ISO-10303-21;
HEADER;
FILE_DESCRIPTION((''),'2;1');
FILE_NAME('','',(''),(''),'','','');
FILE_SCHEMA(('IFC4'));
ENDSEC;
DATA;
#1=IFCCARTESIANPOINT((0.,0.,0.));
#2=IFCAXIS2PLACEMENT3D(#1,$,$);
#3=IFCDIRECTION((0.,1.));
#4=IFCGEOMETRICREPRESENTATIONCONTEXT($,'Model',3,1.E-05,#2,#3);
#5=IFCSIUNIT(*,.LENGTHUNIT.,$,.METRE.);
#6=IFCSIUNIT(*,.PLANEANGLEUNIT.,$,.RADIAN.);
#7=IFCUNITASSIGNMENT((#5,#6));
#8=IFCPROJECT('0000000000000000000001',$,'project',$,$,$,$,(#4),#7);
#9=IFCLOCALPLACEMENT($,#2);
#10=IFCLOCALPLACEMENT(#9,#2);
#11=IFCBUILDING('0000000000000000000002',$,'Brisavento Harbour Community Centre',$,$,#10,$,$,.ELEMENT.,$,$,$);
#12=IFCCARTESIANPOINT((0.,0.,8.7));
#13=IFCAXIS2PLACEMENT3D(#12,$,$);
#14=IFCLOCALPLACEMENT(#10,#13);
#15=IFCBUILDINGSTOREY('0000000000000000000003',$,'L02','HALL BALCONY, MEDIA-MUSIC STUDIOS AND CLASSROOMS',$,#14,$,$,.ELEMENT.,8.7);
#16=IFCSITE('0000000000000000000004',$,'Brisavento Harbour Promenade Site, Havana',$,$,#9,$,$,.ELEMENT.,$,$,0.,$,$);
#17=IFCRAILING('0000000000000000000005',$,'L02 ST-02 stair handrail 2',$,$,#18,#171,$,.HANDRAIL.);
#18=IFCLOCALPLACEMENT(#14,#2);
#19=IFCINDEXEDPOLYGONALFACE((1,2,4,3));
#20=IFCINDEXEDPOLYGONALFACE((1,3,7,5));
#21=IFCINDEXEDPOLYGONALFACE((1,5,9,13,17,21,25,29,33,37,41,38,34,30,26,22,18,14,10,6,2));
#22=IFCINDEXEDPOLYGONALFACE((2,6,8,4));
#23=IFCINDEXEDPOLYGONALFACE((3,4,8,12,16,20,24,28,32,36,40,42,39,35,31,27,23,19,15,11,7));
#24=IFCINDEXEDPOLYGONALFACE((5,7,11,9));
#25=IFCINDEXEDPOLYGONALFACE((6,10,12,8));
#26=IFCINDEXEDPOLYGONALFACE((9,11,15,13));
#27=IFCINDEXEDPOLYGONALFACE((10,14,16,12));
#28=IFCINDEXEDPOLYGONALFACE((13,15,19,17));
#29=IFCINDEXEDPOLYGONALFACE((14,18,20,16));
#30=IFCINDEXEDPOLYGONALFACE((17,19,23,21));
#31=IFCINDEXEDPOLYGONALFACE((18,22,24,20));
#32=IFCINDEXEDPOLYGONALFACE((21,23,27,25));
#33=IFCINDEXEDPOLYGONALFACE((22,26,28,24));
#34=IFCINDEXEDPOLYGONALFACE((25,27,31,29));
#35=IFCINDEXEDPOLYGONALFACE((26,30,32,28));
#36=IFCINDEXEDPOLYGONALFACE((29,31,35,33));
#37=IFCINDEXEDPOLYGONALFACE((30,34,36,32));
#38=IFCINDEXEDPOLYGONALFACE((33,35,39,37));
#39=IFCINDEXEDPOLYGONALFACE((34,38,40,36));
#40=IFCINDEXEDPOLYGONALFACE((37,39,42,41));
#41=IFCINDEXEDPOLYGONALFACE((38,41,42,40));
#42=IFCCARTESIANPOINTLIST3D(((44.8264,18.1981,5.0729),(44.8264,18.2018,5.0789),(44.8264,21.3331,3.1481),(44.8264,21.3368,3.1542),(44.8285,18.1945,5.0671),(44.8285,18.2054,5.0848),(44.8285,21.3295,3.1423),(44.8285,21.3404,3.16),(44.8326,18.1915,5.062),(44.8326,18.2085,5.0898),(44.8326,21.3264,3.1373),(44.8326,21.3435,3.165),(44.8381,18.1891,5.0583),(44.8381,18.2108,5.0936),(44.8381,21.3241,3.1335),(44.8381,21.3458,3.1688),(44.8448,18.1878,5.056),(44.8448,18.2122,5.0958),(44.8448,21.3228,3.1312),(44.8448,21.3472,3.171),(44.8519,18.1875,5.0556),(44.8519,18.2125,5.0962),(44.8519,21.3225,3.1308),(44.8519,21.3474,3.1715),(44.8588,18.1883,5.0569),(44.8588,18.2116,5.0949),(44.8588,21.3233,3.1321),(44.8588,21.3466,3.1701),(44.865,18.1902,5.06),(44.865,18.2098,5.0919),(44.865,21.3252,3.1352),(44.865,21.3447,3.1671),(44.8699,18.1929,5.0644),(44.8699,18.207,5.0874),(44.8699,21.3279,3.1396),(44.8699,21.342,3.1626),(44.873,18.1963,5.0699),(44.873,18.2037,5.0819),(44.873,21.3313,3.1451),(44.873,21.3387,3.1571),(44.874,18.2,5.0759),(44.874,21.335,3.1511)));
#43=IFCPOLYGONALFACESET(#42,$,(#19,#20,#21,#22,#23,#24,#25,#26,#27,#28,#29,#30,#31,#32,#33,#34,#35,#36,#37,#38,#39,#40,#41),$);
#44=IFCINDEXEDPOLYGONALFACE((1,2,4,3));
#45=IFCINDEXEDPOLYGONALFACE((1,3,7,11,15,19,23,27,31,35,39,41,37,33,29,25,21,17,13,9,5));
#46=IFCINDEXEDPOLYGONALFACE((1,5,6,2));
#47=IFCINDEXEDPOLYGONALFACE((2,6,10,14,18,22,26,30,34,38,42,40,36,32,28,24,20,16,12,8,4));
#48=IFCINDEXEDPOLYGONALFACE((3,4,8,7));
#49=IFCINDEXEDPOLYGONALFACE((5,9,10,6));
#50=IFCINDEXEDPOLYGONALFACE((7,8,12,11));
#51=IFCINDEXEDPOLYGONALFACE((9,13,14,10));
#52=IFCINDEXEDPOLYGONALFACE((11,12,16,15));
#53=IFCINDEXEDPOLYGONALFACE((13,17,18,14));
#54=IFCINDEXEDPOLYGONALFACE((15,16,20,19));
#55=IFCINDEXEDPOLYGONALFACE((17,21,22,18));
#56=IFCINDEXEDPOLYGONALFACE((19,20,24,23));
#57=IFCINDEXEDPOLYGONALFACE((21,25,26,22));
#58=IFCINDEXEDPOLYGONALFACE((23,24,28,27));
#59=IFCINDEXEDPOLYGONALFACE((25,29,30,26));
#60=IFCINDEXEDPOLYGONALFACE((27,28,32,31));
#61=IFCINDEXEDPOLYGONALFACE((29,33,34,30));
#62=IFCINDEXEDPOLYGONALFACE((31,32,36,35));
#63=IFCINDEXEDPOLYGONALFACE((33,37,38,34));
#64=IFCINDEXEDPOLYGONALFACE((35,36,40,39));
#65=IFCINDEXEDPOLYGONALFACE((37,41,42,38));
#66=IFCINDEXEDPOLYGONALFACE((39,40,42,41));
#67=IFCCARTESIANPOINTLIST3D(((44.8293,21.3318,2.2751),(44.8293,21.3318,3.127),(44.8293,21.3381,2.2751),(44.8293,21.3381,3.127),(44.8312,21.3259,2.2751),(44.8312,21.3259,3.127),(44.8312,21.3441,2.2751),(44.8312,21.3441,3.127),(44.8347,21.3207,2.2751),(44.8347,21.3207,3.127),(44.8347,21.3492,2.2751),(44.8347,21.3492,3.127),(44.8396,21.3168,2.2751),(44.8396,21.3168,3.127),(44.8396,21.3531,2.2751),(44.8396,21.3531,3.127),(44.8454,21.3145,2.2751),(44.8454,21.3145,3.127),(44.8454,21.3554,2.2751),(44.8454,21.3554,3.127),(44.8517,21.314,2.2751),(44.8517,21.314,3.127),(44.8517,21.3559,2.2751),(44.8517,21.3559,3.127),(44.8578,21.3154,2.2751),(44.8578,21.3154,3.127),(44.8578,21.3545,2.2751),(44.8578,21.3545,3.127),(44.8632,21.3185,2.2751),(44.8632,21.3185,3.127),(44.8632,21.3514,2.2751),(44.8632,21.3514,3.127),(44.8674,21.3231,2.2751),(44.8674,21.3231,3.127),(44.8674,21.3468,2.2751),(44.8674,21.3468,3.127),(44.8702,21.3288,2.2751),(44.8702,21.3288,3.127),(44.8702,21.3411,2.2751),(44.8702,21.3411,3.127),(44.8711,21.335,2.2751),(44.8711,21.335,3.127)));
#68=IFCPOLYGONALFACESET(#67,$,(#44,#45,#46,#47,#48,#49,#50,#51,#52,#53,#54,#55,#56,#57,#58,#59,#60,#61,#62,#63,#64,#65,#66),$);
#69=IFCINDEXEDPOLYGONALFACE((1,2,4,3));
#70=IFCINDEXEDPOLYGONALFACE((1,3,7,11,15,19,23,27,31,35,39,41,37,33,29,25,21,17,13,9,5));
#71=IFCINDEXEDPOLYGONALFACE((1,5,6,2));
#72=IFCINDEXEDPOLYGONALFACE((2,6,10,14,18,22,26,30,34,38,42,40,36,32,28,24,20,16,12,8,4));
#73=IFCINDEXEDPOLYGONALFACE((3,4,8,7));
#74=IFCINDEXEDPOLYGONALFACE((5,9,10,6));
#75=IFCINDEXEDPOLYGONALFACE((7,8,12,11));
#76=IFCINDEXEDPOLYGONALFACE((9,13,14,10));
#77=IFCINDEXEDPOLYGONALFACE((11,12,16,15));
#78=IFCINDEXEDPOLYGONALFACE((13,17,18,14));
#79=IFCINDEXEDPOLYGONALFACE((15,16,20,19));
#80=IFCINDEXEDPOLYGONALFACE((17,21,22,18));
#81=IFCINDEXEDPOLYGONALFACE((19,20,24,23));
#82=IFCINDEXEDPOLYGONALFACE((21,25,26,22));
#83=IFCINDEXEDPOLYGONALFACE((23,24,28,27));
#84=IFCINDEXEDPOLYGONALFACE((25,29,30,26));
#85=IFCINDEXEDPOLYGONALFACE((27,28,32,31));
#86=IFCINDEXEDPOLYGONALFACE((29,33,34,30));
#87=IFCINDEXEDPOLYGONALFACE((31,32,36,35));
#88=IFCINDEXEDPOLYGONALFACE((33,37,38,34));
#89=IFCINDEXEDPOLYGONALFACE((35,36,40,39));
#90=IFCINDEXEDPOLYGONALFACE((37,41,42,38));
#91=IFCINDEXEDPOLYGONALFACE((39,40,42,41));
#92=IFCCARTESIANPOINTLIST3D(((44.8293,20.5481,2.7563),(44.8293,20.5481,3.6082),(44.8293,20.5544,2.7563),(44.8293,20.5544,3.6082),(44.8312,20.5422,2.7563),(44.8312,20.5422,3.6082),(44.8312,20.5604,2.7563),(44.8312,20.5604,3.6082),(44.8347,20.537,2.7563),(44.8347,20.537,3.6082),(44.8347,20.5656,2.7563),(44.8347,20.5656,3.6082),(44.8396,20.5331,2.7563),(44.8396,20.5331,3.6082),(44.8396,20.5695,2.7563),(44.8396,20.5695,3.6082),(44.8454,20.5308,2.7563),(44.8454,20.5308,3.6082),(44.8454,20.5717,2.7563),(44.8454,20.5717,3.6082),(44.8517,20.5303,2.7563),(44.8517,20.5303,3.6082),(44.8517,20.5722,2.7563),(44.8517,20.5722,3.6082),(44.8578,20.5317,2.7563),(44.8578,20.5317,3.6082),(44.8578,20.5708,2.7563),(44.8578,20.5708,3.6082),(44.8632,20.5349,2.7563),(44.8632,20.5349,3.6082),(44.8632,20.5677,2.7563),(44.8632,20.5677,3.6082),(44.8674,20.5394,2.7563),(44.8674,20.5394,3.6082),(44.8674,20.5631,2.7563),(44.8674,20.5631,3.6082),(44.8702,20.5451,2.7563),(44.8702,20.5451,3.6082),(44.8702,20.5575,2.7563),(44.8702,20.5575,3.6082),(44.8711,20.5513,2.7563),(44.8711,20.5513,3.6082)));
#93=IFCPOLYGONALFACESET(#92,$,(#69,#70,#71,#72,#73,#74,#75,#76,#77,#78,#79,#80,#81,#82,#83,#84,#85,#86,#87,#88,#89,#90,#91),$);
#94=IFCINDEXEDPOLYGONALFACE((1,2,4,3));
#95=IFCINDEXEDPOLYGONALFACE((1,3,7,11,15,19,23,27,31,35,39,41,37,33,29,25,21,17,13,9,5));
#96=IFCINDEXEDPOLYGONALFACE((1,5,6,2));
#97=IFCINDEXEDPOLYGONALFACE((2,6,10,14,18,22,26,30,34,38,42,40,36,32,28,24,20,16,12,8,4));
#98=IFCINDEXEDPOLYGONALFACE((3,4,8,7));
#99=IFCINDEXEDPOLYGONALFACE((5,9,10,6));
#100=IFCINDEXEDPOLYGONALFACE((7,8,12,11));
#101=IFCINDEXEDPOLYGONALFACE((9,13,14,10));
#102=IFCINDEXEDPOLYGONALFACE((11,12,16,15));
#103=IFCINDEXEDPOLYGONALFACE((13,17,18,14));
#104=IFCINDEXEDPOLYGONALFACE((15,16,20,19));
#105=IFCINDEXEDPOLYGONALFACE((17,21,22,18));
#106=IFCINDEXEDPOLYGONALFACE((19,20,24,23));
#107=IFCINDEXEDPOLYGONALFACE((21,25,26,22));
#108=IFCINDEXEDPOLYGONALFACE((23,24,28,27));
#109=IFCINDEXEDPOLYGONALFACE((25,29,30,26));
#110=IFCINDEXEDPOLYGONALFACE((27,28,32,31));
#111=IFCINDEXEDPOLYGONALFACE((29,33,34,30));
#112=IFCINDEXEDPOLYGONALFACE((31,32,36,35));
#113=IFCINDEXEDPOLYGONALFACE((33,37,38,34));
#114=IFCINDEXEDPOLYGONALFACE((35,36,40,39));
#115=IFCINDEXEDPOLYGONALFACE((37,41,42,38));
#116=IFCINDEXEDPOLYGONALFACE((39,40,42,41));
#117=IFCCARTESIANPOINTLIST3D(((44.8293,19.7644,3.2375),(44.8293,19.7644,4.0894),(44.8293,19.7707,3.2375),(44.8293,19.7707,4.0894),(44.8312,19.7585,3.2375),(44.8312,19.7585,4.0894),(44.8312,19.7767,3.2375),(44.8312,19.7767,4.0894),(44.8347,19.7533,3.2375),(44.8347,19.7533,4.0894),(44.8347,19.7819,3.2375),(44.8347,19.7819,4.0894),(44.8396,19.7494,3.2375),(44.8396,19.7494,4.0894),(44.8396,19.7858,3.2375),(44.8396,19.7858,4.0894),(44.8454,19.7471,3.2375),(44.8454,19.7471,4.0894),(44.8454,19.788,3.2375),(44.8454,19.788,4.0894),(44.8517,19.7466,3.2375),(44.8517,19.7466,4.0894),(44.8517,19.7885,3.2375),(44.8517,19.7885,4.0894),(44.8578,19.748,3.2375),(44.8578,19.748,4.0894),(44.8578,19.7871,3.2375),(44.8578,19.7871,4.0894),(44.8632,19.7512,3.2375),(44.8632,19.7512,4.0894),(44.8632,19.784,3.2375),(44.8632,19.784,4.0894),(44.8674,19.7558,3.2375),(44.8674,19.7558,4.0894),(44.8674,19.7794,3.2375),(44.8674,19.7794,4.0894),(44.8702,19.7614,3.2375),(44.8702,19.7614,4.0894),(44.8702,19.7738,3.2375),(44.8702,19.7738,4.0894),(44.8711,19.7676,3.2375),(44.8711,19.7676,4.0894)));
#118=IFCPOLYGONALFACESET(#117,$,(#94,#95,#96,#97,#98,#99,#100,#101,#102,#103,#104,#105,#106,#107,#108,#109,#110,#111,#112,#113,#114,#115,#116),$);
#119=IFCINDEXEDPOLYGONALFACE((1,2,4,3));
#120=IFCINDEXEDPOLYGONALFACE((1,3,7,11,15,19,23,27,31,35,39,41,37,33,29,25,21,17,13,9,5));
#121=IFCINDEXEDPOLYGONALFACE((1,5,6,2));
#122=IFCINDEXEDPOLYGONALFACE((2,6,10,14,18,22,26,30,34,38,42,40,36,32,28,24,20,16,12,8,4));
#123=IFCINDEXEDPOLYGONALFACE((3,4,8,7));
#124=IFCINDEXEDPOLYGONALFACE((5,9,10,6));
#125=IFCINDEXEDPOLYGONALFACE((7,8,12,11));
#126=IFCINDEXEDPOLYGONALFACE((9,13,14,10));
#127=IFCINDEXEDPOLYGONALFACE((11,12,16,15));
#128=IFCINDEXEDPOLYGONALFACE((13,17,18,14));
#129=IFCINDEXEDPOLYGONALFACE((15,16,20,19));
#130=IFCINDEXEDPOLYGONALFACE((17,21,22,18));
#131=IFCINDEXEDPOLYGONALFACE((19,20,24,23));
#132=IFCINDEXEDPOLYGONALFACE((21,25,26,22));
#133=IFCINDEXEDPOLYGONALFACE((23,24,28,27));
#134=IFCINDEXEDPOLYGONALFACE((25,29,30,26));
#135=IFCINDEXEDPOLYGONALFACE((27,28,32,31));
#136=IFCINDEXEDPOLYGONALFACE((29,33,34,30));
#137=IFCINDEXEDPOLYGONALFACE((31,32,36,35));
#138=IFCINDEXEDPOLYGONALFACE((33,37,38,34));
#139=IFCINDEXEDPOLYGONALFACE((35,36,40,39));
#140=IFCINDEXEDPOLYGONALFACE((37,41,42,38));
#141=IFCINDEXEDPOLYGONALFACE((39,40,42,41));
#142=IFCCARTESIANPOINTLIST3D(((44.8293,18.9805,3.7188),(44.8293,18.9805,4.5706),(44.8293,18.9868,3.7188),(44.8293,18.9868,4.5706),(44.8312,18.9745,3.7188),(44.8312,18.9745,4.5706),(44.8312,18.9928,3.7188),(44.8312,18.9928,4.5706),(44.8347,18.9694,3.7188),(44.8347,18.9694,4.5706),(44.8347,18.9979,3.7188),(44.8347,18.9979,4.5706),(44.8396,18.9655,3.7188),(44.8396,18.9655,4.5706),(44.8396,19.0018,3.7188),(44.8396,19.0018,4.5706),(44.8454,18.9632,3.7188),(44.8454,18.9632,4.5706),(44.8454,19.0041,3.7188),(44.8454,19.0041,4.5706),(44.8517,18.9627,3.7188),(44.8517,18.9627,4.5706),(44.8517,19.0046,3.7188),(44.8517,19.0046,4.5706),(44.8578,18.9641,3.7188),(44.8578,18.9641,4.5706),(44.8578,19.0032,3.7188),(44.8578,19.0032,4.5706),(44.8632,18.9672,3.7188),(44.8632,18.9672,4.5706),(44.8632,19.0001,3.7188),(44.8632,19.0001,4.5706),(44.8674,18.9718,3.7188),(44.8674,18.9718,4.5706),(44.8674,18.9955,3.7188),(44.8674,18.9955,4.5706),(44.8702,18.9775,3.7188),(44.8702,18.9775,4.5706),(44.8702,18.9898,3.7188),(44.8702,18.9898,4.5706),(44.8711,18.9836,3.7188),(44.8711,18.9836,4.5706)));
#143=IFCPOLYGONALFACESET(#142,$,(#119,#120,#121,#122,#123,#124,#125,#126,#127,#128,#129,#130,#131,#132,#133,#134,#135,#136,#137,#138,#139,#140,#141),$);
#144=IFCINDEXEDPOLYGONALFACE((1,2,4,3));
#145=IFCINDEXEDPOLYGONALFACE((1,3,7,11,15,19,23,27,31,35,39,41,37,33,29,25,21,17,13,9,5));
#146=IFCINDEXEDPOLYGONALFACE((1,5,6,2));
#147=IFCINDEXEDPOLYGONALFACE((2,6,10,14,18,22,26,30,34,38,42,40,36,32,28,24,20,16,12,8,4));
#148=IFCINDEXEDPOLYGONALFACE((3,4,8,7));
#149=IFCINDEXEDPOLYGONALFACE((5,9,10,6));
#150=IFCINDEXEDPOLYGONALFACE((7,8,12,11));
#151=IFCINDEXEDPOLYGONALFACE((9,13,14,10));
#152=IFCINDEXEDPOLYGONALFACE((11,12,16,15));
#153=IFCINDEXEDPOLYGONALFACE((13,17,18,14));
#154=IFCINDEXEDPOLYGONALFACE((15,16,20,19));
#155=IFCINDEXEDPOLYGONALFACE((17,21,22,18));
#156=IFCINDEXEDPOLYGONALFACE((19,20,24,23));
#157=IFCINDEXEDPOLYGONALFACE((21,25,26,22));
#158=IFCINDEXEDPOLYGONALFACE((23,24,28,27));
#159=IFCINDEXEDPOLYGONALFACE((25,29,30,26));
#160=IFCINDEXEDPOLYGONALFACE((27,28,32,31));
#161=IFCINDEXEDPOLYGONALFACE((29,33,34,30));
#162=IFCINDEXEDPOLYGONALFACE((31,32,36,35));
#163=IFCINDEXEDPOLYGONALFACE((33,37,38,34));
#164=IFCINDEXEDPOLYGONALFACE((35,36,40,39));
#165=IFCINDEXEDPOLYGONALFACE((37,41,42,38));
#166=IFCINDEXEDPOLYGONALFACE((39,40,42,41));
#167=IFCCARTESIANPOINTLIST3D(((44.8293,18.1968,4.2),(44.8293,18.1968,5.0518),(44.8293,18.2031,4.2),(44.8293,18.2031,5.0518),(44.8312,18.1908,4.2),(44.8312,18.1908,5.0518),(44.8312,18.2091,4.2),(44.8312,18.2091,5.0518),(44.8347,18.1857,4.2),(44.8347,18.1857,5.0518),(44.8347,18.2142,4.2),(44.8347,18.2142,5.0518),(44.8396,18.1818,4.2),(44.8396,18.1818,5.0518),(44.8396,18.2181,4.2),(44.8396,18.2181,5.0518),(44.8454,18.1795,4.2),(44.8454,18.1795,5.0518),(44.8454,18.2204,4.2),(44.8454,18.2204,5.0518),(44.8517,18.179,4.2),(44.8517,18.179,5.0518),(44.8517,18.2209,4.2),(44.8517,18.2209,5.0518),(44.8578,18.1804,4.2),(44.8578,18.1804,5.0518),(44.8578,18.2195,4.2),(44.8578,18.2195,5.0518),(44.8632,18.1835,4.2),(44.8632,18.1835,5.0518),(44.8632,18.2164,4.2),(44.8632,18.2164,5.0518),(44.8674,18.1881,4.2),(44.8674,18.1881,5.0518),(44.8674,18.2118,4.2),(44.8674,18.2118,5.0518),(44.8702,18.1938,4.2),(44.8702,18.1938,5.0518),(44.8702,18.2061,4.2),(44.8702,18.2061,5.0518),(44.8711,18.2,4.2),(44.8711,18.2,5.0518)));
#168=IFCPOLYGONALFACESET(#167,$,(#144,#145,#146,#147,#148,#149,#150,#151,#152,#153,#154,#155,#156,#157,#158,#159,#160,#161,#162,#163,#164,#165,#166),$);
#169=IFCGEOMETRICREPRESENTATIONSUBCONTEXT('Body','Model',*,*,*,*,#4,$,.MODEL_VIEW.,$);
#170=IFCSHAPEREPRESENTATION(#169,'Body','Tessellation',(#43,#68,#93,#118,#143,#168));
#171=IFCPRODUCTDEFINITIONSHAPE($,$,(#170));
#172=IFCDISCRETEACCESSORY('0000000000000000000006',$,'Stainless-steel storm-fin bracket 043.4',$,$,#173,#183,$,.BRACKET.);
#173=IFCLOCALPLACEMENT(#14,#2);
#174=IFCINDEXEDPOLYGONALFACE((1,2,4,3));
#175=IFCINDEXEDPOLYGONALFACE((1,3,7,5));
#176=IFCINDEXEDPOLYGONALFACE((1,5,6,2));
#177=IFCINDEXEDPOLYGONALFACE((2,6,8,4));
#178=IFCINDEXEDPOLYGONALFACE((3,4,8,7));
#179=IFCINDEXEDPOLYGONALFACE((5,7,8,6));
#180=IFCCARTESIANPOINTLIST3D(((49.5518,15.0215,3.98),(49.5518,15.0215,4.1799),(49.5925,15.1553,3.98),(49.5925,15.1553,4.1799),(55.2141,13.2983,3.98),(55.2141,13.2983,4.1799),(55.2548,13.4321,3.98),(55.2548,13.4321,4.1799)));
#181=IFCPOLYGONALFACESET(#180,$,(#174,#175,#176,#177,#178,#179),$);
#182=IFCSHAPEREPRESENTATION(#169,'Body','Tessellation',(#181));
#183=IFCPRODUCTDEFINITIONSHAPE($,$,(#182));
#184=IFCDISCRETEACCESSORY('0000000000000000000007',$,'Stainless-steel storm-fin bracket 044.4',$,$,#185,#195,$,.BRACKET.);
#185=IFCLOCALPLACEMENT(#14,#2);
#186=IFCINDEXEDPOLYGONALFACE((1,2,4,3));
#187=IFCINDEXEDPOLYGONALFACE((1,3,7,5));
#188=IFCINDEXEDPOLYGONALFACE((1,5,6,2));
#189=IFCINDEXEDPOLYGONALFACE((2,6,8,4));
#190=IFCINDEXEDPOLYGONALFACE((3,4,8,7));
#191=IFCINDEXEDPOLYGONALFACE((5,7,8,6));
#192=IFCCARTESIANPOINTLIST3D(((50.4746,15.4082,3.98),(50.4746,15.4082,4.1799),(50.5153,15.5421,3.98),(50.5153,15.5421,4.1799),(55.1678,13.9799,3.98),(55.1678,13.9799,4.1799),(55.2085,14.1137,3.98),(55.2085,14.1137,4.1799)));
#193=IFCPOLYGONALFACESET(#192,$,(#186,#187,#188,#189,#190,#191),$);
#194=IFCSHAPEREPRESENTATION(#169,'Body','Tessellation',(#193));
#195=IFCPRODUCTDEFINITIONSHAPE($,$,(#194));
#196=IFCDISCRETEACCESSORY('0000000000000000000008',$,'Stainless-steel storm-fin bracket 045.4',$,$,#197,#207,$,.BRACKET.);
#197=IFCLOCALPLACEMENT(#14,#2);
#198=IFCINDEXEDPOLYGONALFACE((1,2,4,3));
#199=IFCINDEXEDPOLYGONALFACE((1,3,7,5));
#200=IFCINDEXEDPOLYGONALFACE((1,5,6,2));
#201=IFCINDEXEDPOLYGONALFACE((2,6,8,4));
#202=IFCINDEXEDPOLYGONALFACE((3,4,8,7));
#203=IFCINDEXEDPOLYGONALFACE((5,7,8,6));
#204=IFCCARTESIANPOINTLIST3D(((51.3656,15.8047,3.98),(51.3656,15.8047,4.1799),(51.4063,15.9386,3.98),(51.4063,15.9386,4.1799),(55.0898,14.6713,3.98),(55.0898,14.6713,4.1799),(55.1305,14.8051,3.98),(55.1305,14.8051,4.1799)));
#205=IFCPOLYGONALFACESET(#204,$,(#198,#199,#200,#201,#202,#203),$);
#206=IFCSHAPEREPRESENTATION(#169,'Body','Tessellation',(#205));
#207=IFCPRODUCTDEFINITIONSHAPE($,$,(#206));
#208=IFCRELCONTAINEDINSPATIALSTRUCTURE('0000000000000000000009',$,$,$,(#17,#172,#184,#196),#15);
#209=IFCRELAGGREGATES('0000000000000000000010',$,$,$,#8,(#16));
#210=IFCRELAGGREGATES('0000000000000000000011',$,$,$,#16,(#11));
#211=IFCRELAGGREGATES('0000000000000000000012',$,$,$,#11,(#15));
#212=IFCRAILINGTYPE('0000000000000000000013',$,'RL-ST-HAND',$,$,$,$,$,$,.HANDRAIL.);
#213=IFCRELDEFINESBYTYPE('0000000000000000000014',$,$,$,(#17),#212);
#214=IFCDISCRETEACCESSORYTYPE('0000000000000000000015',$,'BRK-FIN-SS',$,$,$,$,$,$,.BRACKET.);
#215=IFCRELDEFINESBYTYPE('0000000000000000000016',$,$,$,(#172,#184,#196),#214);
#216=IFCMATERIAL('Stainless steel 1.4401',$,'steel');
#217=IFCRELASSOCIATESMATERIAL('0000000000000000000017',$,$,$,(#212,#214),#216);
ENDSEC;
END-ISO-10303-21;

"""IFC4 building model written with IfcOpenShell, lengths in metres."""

from ifc_helpers import new_model, si_unit, direction, frame, origin, origin_2d, place, context, subcontext, project, spatial, rectangle, circle, extrude, material, type_object, element, save


model = new_model("IFC4")

# Units and contexts
model_context = context("Model", 3, precision=1e-05, world=origin(), true_north=direction((0.0, 1.0)))
body_context = subcontext(model_context, "Body", "Model", "MODEL_VIEW")
ifc_project = project(units=[si_unit("LENGTHUNIT", "METRE"), si_unit("PLANEANGLEUNIT", "RADIAN")], contexts=[model_context])

# Site, building, storey
site_placement = place(None, origin())
site = spatial("IfcSite", under=ifc_project, at=site_placement, Name="Brisavento Harbour Promenade Site, Havana", CompositionType="ELEMENT", RefElevation=0.0)
building_placement = place(site_placement, origin())
building = spatial("IfcBuilding", under=site, at=building_placement, Name="Brisavento Harbour Community Centre", CompositionType="ELEMENT")
storey_placement = place(building_placement, frame((0.0, 0.0, 8.7)))
storey = spatial("IfcBuildingStorey", under=building, at=storey_placement, Name="L02", Description="HALL BALCONY, MEDIA-MUSIC STUDIOS AND CLASSROOMS", CompositionType="ELEMENT", Elevation=8.7)

# Railing
ifc_material_1 = material(Name="Stainless steel 1.4401", Category="steel")
railing_type_1 = type_object("IfcRailingType", Name="RL-ST-HAND", PredefinedType="HANDRAIL", material=ifc_material_1)
railing_1_placement = place(storey_placement, frame((44.8501, 21.335, 2.2751)))
element("IfcRailing", 1, at=railing_1_placement, inside=storey, type_object=railing_type_1, Name="L02 ST-02 stair handrail 2", PredefinedType="HANDRAIL", context=body_context, shape_type="SweptSolid", body=[
    extrude(circle(Radius=0.0239, at=origin_2d()), frame((0.0, 0.0, 0.876), z_axis=(0.0, -0.852196, 0.523223), x_axis=(1.0, 0.0, 0.0)), (0.0, 0.0, 1.0), 3.6787),
    extrude(circle(Radius=0.021, at=origin_2d()), origin(), (0.0, 0.0, 1.0), 0.8518),
    extrude(circle(Radius=0.021, at=origin_2d()), frame((0.0, -0.7837, 0.4812)), (0.0, 0.0, 1.0), 0.8518),
    extrude(circle(Radius=0.021, at=origin_2d()), frame((0.0, -1.5674, 0.9624)), (0.0, 0.0, 1.0), 0.8518),
    extrude(circle(Radius=0.021, at=origin_2d()), frame((0.0, -2.3513, 1.4436)), (0.0, 0.0, 1.0), 0.8518),
    extrude(circle(Radius=0.021, at=origin_2d()), frame((0.0, -3.135, 1.9248)), (0.0, 0.0, 1.0), 0.8518),
])

# Discrete accessories
discrete_accessory_type = type_object("IfcDiscreteAccessoryType", Name="BRK-FIN-SS", PredefinedType="BRACKET", material=ifc_material_1)
discrete_accessory_1_placement = place(storey_placement, frame((52.4033, 14.2268, 3.98), z_axis=(0.0, 0.0, 1.0), x_axis=(0.956676, -0.291153, 0.0)))
element("IfcDiscreteAccessory", 2, at=discrete_accessory_1_placement, inside=storey, type_object=discrete_accessory_type, Name="Stainless-steel storm-fin bracket 043.4", PredefinedType="BRACKET", context=body_context, shape_type="SweptSolid", body=[
    extrude(rectangle(XDim=5.9187, YDim=0.1399, at=origin_2d()), origin(), (0.0, 0.0, 1.0), 0.2),
])
discrete_accessory_2_placement = place(storey_placement, frame((52.8416, 14.761, 3.98), z_axis=(0.0, 0.0, 1.0), x_axis=(0.956676, -0.291153, 0.0)))
element("IfcDiscreteAccessory", 3, at=discrete_accessory_2_placement, inside=storey, type_object=discrete_accessory_type, Name="Stainless-steel storm-fin bracket 044.4", PredefinedType="BRACKET", context=body_context, shape_type="SweptSolid", body=[
    extrude(rectangle(XDim=4.9058, YDim=0.1399, at=origin_2d()), origin(), (0.0, 0.0, 1.0), 0.2),
])
discrete_accessory_3_placement = place(storey_placement, frame((53.248, 15.3049, 3.98), z_axis=(0.0, 0.0, 1.0), x_axis=(0.956676, -0.291153, 0.0)))
element("IfcDiscreteAccessory", 4, at=discrete_accessory_3_placement, inside=storey, type_object=discrete_accessory_type, Name="Stainless-steel storm-fin bracket 045.4", PredefinedType="BRACKET", context=body_context, shape_type="SweptSolid", body=[
    extrude(rectangle(XDim=3.8928, YDim=0.1399, at=origin_2d()), origin(), (0.0, 0.0, 1.0), 0.2),
])

save(model, "model.ifc")
